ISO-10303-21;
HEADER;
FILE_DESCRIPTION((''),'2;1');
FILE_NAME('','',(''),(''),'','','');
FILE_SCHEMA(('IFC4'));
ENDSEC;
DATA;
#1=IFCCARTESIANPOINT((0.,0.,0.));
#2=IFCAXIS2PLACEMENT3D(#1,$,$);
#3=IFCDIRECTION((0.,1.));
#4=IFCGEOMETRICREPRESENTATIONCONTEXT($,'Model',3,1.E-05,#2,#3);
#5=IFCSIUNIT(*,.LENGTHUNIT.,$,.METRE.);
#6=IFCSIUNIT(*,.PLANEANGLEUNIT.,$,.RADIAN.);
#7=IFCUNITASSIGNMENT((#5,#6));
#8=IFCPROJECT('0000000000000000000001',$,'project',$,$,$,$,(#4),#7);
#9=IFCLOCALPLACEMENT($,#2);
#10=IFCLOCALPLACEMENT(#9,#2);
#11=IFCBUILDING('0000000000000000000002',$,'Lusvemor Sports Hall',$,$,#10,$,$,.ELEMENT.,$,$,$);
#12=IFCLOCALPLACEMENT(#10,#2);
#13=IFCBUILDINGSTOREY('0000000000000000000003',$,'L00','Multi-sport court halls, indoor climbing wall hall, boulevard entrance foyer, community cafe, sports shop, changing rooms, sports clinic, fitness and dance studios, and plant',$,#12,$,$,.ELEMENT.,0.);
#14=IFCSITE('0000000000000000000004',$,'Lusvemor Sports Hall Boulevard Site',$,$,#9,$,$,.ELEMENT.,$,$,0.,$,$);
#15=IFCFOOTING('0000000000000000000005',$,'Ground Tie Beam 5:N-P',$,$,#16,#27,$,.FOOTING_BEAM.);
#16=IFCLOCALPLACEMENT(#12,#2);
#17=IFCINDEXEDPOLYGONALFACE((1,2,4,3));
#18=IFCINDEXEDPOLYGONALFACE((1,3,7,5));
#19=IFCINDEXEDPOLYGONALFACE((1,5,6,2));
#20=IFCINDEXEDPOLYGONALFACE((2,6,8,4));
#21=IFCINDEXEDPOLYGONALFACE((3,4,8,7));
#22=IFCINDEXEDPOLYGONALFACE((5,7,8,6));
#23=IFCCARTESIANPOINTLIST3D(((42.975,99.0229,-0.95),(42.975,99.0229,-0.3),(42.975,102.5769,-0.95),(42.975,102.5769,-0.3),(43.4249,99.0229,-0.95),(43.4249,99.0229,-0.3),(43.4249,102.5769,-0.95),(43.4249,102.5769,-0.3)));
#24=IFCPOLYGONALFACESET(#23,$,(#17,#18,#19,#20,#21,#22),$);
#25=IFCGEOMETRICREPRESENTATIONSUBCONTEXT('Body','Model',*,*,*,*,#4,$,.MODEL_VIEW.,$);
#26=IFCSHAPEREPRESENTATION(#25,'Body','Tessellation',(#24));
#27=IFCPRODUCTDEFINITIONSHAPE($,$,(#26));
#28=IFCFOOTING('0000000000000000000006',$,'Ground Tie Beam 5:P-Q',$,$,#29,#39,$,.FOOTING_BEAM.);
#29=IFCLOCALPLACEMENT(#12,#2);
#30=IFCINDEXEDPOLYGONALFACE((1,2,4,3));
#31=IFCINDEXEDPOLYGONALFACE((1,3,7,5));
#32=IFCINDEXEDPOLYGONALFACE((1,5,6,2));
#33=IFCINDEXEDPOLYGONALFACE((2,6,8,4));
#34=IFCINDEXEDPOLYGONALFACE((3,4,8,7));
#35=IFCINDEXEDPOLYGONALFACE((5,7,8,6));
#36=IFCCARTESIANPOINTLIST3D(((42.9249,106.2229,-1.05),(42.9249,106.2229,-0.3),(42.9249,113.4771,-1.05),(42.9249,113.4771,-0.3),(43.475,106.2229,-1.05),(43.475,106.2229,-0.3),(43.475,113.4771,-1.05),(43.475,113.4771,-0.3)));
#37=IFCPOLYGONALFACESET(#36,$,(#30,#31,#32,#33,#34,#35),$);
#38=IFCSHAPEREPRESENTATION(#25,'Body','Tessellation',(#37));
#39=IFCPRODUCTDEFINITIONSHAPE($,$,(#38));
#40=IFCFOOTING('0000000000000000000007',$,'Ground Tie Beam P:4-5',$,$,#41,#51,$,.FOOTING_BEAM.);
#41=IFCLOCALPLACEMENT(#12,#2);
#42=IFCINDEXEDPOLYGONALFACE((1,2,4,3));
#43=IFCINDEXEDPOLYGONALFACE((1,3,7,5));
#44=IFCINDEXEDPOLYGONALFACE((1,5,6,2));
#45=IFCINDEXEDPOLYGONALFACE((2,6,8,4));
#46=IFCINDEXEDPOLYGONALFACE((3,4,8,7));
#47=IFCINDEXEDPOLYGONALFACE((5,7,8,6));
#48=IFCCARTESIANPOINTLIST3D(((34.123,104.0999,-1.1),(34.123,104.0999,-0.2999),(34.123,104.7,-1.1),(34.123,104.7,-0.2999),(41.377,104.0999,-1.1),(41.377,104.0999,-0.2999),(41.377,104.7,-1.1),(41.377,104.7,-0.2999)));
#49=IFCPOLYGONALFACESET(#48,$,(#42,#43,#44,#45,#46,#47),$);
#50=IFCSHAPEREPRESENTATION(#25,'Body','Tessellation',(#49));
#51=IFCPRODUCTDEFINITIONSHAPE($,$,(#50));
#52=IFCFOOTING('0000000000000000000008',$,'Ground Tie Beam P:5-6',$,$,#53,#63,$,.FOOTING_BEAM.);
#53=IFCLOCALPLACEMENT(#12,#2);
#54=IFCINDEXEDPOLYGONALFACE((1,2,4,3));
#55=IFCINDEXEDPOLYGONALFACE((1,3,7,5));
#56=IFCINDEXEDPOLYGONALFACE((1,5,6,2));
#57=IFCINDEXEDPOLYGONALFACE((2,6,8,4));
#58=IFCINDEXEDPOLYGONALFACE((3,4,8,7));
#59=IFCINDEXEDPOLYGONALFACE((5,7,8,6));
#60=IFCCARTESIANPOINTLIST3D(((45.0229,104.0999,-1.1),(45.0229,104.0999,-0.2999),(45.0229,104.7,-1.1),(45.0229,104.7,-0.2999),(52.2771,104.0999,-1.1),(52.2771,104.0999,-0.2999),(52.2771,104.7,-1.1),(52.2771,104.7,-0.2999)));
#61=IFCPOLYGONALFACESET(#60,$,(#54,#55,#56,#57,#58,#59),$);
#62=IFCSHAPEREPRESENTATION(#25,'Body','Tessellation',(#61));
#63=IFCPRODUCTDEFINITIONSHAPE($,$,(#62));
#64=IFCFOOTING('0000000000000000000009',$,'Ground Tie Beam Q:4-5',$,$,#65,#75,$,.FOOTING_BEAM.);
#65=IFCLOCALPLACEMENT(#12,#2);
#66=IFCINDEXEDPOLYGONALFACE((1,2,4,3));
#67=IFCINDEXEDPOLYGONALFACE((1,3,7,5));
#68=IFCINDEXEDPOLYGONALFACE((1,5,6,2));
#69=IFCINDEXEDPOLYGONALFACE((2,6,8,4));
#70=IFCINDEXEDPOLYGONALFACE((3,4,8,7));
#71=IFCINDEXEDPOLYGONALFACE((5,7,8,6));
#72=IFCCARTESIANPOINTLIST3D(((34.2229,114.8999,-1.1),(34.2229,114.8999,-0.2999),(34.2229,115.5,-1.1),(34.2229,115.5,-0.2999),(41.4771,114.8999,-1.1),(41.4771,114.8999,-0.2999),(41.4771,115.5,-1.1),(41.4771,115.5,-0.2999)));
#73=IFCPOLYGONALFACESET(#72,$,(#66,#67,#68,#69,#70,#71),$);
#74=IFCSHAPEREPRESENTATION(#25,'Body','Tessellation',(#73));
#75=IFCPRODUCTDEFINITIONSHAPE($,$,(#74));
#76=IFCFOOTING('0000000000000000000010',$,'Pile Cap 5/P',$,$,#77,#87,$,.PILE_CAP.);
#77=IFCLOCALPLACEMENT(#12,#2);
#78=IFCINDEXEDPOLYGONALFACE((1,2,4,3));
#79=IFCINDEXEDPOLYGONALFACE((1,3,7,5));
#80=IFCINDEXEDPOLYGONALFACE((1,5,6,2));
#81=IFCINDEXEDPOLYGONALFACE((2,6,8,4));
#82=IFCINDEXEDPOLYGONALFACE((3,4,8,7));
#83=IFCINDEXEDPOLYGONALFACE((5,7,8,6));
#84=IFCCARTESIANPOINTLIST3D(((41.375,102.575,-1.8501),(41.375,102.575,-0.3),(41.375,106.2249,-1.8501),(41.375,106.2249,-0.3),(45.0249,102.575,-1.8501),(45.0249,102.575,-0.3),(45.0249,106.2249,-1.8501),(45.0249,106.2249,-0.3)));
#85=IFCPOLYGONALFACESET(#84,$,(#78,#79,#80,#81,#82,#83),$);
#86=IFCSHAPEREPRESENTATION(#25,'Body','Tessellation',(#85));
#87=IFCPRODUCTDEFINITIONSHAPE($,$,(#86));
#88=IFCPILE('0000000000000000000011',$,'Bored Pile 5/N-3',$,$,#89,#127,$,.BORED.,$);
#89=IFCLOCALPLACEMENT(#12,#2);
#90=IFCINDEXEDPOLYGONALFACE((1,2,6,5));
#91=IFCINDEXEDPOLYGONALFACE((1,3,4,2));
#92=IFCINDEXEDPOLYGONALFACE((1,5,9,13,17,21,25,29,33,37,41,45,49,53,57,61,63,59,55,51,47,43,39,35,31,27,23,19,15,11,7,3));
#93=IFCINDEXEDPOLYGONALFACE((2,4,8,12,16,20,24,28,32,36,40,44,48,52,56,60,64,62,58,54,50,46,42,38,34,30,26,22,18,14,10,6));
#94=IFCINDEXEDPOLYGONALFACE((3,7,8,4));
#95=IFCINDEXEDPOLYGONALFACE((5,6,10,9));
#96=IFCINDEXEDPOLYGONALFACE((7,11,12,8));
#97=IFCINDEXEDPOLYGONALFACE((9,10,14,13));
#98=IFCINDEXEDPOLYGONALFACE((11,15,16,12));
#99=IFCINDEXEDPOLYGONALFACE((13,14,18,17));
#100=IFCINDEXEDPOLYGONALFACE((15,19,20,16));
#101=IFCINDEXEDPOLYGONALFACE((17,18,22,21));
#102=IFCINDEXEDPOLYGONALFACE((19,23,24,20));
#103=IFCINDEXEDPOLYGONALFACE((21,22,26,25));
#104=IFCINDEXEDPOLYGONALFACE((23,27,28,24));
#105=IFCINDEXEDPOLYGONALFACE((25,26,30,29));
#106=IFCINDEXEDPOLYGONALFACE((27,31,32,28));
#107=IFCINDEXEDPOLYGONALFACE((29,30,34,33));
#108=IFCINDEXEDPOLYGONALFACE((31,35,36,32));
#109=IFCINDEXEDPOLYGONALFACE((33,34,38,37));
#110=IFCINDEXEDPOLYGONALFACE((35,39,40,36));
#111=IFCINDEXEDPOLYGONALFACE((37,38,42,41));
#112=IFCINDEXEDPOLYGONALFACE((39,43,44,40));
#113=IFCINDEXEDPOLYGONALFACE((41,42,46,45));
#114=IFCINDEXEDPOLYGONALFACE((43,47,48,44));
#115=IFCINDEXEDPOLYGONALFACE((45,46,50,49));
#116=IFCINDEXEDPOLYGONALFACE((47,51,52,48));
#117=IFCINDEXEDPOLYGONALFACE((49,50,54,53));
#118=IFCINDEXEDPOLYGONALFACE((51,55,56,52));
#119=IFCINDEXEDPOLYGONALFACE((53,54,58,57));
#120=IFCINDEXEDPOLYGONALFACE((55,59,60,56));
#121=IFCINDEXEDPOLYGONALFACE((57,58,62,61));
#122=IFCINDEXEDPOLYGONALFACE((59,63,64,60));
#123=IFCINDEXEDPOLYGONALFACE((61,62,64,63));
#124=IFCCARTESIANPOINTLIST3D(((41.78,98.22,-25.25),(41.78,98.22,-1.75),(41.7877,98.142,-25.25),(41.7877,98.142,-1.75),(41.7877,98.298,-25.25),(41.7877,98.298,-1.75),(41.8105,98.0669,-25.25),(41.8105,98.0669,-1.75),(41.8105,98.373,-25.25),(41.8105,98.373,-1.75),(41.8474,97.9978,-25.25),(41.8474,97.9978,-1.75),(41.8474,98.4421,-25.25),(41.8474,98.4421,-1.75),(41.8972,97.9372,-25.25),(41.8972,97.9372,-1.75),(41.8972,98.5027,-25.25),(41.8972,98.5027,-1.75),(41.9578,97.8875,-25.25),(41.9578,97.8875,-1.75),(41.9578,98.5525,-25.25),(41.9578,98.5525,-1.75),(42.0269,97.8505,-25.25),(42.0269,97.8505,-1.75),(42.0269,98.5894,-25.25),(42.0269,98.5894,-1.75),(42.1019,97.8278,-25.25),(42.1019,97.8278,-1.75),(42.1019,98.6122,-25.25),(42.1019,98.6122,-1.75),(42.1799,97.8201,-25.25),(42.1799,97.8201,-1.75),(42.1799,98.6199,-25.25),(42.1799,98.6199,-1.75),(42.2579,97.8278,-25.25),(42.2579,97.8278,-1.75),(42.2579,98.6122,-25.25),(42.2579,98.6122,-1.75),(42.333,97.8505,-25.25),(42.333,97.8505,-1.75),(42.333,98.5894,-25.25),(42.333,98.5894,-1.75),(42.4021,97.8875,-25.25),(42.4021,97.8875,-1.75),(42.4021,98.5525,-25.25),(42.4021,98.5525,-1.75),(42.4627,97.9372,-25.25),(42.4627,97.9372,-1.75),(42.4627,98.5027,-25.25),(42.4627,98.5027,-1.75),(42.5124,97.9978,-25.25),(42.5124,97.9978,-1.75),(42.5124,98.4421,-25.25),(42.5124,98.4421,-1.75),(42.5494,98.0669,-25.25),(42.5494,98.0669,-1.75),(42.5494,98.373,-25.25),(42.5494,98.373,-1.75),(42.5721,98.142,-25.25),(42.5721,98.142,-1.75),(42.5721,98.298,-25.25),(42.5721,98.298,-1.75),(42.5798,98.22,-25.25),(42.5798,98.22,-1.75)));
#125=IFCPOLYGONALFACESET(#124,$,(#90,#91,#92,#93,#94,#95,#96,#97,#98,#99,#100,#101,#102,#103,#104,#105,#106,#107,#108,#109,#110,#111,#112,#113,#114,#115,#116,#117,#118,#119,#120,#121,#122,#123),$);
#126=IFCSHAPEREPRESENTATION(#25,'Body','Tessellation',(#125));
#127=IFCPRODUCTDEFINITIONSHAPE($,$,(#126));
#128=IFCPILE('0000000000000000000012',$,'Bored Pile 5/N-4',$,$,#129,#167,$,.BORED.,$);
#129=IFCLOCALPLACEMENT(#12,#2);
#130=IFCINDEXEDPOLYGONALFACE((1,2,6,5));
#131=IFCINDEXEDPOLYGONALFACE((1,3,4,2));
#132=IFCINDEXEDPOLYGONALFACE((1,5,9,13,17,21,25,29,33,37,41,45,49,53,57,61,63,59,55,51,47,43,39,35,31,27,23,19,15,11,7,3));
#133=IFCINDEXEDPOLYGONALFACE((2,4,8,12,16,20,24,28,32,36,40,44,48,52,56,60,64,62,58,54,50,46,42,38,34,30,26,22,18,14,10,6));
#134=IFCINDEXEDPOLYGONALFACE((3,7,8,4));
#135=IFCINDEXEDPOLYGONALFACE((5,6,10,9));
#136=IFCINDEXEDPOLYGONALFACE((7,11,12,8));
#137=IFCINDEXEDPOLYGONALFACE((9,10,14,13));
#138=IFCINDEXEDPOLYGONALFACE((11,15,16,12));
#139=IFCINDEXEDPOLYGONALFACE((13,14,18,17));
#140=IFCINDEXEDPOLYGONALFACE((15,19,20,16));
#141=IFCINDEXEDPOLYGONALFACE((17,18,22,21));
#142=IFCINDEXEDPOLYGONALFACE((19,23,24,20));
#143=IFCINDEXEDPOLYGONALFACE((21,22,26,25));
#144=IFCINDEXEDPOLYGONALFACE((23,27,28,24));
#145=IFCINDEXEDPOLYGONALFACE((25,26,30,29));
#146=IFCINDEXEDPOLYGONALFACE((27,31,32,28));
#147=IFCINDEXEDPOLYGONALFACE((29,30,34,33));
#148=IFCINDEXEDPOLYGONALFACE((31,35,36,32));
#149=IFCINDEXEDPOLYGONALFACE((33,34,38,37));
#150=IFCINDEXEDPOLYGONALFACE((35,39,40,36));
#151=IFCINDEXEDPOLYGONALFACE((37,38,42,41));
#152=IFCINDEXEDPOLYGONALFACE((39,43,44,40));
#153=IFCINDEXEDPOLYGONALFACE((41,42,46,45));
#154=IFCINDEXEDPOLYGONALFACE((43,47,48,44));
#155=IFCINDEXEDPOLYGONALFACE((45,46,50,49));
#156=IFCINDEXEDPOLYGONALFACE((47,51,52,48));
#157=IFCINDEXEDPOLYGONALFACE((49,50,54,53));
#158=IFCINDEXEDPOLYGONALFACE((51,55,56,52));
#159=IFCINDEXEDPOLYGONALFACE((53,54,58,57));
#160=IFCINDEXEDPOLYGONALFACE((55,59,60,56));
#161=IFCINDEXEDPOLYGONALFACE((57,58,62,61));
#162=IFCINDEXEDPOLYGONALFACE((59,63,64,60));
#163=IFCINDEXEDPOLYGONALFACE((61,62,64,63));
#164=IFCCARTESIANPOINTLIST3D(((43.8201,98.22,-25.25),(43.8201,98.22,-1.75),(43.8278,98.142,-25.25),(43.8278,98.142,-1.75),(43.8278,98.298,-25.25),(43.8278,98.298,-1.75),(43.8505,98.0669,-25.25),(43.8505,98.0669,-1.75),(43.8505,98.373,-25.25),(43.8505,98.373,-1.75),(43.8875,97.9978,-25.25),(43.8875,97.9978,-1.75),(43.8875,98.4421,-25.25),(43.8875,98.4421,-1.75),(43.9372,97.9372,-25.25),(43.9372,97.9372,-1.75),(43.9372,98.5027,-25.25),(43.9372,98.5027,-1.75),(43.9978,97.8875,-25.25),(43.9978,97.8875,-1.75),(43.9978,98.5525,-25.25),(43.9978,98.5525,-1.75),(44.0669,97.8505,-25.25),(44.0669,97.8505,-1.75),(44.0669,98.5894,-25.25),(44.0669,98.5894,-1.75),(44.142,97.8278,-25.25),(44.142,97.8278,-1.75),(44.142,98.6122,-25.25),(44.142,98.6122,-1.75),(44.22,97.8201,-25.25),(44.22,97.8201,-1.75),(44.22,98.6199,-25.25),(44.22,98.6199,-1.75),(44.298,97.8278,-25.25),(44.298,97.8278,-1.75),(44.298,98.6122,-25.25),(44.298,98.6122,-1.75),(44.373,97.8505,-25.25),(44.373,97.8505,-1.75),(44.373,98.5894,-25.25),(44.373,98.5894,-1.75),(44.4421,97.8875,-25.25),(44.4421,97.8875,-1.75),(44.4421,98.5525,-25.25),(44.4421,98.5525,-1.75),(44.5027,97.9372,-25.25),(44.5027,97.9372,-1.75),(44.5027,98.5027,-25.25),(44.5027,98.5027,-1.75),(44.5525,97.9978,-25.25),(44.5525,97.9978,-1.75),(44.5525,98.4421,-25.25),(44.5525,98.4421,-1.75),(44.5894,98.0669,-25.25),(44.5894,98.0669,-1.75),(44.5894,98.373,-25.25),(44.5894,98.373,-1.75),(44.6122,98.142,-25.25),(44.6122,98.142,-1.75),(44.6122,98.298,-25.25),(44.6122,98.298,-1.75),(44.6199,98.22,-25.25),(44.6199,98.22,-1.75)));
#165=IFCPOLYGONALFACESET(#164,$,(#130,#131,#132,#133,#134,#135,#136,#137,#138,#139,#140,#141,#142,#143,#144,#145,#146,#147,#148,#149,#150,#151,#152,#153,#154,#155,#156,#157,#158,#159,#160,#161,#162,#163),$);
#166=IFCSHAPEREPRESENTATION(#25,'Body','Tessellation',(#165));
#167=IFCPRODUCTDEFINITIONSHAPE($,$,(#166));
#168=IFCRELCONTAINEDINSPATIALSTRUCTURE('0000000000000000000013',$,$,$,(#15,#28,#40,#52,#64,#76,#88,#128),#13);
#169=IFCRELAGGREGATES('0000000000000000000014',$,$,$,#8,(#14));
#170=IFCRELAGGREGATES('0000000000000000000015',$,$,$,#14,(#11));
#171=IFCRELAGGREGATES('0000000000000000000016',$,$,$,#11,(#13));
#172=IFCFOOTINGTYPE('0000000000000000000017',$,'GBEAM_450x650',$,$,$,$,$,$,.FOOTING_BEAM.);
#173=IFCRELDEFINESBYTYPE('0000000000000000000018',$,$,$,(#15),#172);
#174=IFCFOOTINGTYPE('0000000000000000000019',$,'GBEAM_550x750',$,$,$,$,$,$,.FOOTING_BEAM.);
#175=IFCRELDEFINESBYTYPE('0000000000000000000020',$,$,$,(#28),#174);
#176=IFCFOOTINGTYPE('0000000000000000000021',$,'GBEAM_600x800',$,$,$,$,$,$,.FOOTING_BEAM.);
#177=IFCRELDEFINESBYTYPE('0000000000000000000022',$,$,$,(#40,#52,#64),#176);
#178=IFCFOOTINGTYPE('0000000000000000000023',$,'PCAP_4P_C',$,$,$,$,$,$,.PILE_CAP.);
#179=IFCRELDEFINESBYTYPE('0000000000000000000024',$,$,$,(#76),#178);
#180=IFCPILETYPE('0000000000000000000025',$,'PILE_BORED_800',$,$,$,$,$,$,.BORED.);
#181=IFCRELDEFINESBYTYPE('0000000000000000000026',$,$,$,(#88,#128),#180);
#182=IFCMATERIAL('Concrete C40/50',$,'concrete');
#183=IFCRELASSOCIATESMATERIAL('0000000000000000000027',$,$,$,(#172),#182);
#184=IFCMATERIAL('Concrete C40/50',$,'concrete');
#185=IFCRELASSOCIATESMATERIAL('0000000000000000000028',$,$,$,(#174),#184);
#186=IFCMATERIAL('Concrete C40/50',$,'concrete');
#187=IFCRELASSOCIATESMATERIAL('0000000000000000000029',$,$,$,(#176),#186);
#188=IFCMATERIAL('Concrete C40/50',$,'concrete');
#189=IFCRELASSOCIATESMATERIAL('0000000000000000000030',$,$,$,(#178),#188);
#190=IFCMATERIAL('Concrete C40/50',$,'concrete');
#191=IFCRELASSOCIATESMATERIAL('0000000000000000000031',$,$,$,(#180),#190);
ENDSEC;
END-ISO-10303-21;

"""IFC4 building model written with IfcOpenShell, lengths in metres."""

from ifc_helpers import new_model, si_unit, direction, frame, origin, origin_2d, place, context, subcontext, project, spatial, rectangle, circle, extrude, material, material_profile, profile_set, type_object, element, save


model = new_model("IFC4")

# Units and contexts
model_context = context("Model", 3, precision=1e-05, world=origin(), true_north=direction((0.0, 1.0)))
body_context = subcontext(model_context, "Body", "Model", "MODEL_VIEW")
ifc_project = project(units=[si_unit("LENGTHUNIT", "METRE"), si_unit("PLANEANGLEUNIT", "RADIAN")], contexts=[model_context])

# Site, building, storey
site_placement = place(None, origin())
site = spatial("IfcSite", under=ifc_project, at=site_placement, Name="Lusvemor Sports Hall Boulevard Site", CompositionType="ELEMENT", RefElevation=0.0)
building_placement = place(site_placement, origin())
building = spatial("IfcBuilding", under=site, at=building_placement, Name="Lusvemor Sports Hall", CompositionType="ELEMENT")
storey_placement = place(building_placement, origin())
storey = spatial("IfcBuildingStorey", under=building, at=storey_placement, Name="L00", Description="Multi-sport court halls, indoor climbing wall hall, boulevard entrance foyer, community cafe, sports shop, changing rooms, sports clinic, fitness and dance studios, and plant", CompositionType="ELEMENT", Elevation=0.0)

# Footings
ifc_material_1 = material(Name="Concrete C40/50", Category="concrete")
ifc_material_profile_1 = material_profile(ifc_material_1, rectangle(XDim=0.45, YDim=0.6499, at=origin_2d()), Name="GB_450x650")
ifc_profile_set_1 = profile_set([ifc_material_profile_1], Name="Concrete C40/50")
footing_type_1 = type_object("IfcFootingType", Name="GBEAM_450x650", PredefinedType="FOOTING_BEAM", material=ifc_profile_set_1)
footing_1_placement = place(storey_placement, frame((43.2, 99.0229, -0.625), z_axis=(0.0, 1.0, 0.0), x_axis=(-1.0, 0.0, 0.0)))
element("IfcFooting", 1, at=footing_1_placement, inside=storey, type_object=footing_type_1, Name="Ground Tie Beam 5:N-P", PredefinedType="FOOTING_BEAM", context=body_context, shape_type="SweptSolid", body=[
    extrude(rectangle(XDim=0.45, YDim=0.6499, at=origin_2d()), origin(), (0.0, 0.0, 1.0), 3.554),
])
ifc_material_2 = material(Name="Concrete C40/50", Category="concrete")
ifc_material_profile_2 = material_profile(ifc_material_2, rectangle(XDim=0.55, YDim=0.75, at=origin_2d()), Name="GB_550x750")
ifc_profile_set_2 = profile_set([ifc_material_profile_2], Name="Concrete C40/50")
footing_type_2 = type_object("IfcFootingType", Name="GBEAM_550x750", PredefinedType="FOOTING_BEAM", material=ifc_profile_set_2)
footing_2_placement = place(storey_placement, frame((43.2, 106.2229, -0.675), z_axis=(0.0, 1.0, 0.0), x_axis=(-1.0, 0.0, 0.0)))
element("IfcFooting", 2, at=footing_2_placement, inside=storey, type_object=footing_type_2, Name="Ground Tie Beam 5:P-Q", PredefinedType="FOOTING_BEAM", context=body_context, shape_type="SweptSolid", body=[
    extrude(rectangle(XDim=0.55, YDim=0.75, at=origin_2d()), origin(), (0.0, 0.0, 1.0), 7.2542),
])
ifc_material_3 = material(Name="Concrete C40/50", Category="concrete")
ifc_material_profile_3 = material_profile(ifc_material_3, rectangle(XDim=0.6001, YDim=0.8, at=origin_2d()), Name="GB_600x800")
ifc_profile_set_3 = profile_set([ifc_material_profile_3], Name="Concrete C40/50")
footing_type_3 = type_object("IfcFootingType", Name="GBEAM_600x800", PredefinedType="FOOTING_BEAM", material=ifc_profile_set_3)
footing_3_placement = place(storey_placement, frame((34.123, 104.3999, -0.7), z_axis=(1.0, 0.0, 0.0), x_axis=(0.0, 1.0, 0.0)))
element("IfcFooting", 3, at=footing_3_placement, inside=storey, type_object=footing_type_3, Name="Ground Tie Beam P:4-5", PredefinedType="FOOTING_BEAM", context=body_context, shape_type="SweptSolid", body=[
    extrude(rectangle(XDim=0.6001, YDim=0.8, at=origin_2d()), origin(), (0.0, 0.0, 1.0), 7.2539),
])
for number, where, z_axis, x_axis, name in (
    (4, (45.0229, 104.3999, -0.7), (1.0, 0.0, 0.0), (0.0, 1.0, 0.0), "Ground Tie Beam P:5-6"),
    (5, (34.2229, 115.2, -0.7), (1.0, 0.0, 0.0), (0.0, 1.0, 0.0), "Ground Tie Beam Q:4-5"),
):
    element("IfcFooting", number, at=place(storey_placement, frame(where, z_axis=z_axis, x_axis=x_axis)), inside=storey, type_object=footing_type_3, Name=name, PredefinedType="FOOTING_BEAM", context=body_context, shape_type="SweptSolid", body=[
        extrude(rectangle(XDim=0.6001, YDim=0.8, at=origin_2d()), origin(), (0.0, 0.0, 1.0), 7.2542),
    ])
ifc_material_4 = material(Name="Concrete C40/50", Category="concrete")
footing_type_4 = type_object("IfcFootingType", Name="PCAP_4P_C", PredefinedType="PILE_CAP", material=ifc_material_4)
footing_4_placement = place(storey_placement, frame((43.2, 104.3999, -1.8501), z_axis=(0.0, 0.0, 1.0), x_axis=(1.0, 0.0, 0.0)))
element("IfcFooting", 6, at=footing_4_placement, inside=storey, type_object=footing_type_4, Name="Pile Cap 5/P", PredefinedType="PILE_CAP", context=body_context, shape_type="SweptSolid", body=[
    extrude(rectangle(XDim=3.6499, YDim=3.6499, at=origin_2d()), origin(), (0.0, 0.0, 1.0), 1.55),
])

# Piles
ifc_material_5 = material(Name="Concrete C40/50", Category="concrete")
ifc_material_profile_4 = material_profile(ifc_material_5, circle(Radius=0.3999, at=origin_2d()), Name="PILE800")
ifc_profile_set_4 = profile_set([ifc_material_profile_4], Name="Concrete C40/50")
pile_type = type_object("IfcPileType", Name="PILE_BORED_800", PredefinedType="BORED", material=ifc_profile_set_4)
for number, where, z_axis, x_axis, name in (
    (7, (42.1799, 98.22, -1.75), (0.0, 0.0, -1.0), (1.0, 0.0, 0.0), "Bored Pile 5/N-3"),
    (8, (44.22, 98.22, -1.75), (0.0, 0.0, -1.0), (1.0, 0.0, 0.0), "Bored Pile 5/N-4"),
):
    element("IfcPile", number, at=place(storey_placement, frame(where, z_axis=z_axis, x_axis=x_axis)), inside=storey, type_object=pile_type, Name=name, PredefinedType="BORED", context=body_context, shape_type="SweptSolid", body=[
        extrude(circle(Radius=0.3999, at=origin_2d()), origin(), (0.0, 0.0, 1.0), 23.5),
    ])

save(model, "model.ifc")
